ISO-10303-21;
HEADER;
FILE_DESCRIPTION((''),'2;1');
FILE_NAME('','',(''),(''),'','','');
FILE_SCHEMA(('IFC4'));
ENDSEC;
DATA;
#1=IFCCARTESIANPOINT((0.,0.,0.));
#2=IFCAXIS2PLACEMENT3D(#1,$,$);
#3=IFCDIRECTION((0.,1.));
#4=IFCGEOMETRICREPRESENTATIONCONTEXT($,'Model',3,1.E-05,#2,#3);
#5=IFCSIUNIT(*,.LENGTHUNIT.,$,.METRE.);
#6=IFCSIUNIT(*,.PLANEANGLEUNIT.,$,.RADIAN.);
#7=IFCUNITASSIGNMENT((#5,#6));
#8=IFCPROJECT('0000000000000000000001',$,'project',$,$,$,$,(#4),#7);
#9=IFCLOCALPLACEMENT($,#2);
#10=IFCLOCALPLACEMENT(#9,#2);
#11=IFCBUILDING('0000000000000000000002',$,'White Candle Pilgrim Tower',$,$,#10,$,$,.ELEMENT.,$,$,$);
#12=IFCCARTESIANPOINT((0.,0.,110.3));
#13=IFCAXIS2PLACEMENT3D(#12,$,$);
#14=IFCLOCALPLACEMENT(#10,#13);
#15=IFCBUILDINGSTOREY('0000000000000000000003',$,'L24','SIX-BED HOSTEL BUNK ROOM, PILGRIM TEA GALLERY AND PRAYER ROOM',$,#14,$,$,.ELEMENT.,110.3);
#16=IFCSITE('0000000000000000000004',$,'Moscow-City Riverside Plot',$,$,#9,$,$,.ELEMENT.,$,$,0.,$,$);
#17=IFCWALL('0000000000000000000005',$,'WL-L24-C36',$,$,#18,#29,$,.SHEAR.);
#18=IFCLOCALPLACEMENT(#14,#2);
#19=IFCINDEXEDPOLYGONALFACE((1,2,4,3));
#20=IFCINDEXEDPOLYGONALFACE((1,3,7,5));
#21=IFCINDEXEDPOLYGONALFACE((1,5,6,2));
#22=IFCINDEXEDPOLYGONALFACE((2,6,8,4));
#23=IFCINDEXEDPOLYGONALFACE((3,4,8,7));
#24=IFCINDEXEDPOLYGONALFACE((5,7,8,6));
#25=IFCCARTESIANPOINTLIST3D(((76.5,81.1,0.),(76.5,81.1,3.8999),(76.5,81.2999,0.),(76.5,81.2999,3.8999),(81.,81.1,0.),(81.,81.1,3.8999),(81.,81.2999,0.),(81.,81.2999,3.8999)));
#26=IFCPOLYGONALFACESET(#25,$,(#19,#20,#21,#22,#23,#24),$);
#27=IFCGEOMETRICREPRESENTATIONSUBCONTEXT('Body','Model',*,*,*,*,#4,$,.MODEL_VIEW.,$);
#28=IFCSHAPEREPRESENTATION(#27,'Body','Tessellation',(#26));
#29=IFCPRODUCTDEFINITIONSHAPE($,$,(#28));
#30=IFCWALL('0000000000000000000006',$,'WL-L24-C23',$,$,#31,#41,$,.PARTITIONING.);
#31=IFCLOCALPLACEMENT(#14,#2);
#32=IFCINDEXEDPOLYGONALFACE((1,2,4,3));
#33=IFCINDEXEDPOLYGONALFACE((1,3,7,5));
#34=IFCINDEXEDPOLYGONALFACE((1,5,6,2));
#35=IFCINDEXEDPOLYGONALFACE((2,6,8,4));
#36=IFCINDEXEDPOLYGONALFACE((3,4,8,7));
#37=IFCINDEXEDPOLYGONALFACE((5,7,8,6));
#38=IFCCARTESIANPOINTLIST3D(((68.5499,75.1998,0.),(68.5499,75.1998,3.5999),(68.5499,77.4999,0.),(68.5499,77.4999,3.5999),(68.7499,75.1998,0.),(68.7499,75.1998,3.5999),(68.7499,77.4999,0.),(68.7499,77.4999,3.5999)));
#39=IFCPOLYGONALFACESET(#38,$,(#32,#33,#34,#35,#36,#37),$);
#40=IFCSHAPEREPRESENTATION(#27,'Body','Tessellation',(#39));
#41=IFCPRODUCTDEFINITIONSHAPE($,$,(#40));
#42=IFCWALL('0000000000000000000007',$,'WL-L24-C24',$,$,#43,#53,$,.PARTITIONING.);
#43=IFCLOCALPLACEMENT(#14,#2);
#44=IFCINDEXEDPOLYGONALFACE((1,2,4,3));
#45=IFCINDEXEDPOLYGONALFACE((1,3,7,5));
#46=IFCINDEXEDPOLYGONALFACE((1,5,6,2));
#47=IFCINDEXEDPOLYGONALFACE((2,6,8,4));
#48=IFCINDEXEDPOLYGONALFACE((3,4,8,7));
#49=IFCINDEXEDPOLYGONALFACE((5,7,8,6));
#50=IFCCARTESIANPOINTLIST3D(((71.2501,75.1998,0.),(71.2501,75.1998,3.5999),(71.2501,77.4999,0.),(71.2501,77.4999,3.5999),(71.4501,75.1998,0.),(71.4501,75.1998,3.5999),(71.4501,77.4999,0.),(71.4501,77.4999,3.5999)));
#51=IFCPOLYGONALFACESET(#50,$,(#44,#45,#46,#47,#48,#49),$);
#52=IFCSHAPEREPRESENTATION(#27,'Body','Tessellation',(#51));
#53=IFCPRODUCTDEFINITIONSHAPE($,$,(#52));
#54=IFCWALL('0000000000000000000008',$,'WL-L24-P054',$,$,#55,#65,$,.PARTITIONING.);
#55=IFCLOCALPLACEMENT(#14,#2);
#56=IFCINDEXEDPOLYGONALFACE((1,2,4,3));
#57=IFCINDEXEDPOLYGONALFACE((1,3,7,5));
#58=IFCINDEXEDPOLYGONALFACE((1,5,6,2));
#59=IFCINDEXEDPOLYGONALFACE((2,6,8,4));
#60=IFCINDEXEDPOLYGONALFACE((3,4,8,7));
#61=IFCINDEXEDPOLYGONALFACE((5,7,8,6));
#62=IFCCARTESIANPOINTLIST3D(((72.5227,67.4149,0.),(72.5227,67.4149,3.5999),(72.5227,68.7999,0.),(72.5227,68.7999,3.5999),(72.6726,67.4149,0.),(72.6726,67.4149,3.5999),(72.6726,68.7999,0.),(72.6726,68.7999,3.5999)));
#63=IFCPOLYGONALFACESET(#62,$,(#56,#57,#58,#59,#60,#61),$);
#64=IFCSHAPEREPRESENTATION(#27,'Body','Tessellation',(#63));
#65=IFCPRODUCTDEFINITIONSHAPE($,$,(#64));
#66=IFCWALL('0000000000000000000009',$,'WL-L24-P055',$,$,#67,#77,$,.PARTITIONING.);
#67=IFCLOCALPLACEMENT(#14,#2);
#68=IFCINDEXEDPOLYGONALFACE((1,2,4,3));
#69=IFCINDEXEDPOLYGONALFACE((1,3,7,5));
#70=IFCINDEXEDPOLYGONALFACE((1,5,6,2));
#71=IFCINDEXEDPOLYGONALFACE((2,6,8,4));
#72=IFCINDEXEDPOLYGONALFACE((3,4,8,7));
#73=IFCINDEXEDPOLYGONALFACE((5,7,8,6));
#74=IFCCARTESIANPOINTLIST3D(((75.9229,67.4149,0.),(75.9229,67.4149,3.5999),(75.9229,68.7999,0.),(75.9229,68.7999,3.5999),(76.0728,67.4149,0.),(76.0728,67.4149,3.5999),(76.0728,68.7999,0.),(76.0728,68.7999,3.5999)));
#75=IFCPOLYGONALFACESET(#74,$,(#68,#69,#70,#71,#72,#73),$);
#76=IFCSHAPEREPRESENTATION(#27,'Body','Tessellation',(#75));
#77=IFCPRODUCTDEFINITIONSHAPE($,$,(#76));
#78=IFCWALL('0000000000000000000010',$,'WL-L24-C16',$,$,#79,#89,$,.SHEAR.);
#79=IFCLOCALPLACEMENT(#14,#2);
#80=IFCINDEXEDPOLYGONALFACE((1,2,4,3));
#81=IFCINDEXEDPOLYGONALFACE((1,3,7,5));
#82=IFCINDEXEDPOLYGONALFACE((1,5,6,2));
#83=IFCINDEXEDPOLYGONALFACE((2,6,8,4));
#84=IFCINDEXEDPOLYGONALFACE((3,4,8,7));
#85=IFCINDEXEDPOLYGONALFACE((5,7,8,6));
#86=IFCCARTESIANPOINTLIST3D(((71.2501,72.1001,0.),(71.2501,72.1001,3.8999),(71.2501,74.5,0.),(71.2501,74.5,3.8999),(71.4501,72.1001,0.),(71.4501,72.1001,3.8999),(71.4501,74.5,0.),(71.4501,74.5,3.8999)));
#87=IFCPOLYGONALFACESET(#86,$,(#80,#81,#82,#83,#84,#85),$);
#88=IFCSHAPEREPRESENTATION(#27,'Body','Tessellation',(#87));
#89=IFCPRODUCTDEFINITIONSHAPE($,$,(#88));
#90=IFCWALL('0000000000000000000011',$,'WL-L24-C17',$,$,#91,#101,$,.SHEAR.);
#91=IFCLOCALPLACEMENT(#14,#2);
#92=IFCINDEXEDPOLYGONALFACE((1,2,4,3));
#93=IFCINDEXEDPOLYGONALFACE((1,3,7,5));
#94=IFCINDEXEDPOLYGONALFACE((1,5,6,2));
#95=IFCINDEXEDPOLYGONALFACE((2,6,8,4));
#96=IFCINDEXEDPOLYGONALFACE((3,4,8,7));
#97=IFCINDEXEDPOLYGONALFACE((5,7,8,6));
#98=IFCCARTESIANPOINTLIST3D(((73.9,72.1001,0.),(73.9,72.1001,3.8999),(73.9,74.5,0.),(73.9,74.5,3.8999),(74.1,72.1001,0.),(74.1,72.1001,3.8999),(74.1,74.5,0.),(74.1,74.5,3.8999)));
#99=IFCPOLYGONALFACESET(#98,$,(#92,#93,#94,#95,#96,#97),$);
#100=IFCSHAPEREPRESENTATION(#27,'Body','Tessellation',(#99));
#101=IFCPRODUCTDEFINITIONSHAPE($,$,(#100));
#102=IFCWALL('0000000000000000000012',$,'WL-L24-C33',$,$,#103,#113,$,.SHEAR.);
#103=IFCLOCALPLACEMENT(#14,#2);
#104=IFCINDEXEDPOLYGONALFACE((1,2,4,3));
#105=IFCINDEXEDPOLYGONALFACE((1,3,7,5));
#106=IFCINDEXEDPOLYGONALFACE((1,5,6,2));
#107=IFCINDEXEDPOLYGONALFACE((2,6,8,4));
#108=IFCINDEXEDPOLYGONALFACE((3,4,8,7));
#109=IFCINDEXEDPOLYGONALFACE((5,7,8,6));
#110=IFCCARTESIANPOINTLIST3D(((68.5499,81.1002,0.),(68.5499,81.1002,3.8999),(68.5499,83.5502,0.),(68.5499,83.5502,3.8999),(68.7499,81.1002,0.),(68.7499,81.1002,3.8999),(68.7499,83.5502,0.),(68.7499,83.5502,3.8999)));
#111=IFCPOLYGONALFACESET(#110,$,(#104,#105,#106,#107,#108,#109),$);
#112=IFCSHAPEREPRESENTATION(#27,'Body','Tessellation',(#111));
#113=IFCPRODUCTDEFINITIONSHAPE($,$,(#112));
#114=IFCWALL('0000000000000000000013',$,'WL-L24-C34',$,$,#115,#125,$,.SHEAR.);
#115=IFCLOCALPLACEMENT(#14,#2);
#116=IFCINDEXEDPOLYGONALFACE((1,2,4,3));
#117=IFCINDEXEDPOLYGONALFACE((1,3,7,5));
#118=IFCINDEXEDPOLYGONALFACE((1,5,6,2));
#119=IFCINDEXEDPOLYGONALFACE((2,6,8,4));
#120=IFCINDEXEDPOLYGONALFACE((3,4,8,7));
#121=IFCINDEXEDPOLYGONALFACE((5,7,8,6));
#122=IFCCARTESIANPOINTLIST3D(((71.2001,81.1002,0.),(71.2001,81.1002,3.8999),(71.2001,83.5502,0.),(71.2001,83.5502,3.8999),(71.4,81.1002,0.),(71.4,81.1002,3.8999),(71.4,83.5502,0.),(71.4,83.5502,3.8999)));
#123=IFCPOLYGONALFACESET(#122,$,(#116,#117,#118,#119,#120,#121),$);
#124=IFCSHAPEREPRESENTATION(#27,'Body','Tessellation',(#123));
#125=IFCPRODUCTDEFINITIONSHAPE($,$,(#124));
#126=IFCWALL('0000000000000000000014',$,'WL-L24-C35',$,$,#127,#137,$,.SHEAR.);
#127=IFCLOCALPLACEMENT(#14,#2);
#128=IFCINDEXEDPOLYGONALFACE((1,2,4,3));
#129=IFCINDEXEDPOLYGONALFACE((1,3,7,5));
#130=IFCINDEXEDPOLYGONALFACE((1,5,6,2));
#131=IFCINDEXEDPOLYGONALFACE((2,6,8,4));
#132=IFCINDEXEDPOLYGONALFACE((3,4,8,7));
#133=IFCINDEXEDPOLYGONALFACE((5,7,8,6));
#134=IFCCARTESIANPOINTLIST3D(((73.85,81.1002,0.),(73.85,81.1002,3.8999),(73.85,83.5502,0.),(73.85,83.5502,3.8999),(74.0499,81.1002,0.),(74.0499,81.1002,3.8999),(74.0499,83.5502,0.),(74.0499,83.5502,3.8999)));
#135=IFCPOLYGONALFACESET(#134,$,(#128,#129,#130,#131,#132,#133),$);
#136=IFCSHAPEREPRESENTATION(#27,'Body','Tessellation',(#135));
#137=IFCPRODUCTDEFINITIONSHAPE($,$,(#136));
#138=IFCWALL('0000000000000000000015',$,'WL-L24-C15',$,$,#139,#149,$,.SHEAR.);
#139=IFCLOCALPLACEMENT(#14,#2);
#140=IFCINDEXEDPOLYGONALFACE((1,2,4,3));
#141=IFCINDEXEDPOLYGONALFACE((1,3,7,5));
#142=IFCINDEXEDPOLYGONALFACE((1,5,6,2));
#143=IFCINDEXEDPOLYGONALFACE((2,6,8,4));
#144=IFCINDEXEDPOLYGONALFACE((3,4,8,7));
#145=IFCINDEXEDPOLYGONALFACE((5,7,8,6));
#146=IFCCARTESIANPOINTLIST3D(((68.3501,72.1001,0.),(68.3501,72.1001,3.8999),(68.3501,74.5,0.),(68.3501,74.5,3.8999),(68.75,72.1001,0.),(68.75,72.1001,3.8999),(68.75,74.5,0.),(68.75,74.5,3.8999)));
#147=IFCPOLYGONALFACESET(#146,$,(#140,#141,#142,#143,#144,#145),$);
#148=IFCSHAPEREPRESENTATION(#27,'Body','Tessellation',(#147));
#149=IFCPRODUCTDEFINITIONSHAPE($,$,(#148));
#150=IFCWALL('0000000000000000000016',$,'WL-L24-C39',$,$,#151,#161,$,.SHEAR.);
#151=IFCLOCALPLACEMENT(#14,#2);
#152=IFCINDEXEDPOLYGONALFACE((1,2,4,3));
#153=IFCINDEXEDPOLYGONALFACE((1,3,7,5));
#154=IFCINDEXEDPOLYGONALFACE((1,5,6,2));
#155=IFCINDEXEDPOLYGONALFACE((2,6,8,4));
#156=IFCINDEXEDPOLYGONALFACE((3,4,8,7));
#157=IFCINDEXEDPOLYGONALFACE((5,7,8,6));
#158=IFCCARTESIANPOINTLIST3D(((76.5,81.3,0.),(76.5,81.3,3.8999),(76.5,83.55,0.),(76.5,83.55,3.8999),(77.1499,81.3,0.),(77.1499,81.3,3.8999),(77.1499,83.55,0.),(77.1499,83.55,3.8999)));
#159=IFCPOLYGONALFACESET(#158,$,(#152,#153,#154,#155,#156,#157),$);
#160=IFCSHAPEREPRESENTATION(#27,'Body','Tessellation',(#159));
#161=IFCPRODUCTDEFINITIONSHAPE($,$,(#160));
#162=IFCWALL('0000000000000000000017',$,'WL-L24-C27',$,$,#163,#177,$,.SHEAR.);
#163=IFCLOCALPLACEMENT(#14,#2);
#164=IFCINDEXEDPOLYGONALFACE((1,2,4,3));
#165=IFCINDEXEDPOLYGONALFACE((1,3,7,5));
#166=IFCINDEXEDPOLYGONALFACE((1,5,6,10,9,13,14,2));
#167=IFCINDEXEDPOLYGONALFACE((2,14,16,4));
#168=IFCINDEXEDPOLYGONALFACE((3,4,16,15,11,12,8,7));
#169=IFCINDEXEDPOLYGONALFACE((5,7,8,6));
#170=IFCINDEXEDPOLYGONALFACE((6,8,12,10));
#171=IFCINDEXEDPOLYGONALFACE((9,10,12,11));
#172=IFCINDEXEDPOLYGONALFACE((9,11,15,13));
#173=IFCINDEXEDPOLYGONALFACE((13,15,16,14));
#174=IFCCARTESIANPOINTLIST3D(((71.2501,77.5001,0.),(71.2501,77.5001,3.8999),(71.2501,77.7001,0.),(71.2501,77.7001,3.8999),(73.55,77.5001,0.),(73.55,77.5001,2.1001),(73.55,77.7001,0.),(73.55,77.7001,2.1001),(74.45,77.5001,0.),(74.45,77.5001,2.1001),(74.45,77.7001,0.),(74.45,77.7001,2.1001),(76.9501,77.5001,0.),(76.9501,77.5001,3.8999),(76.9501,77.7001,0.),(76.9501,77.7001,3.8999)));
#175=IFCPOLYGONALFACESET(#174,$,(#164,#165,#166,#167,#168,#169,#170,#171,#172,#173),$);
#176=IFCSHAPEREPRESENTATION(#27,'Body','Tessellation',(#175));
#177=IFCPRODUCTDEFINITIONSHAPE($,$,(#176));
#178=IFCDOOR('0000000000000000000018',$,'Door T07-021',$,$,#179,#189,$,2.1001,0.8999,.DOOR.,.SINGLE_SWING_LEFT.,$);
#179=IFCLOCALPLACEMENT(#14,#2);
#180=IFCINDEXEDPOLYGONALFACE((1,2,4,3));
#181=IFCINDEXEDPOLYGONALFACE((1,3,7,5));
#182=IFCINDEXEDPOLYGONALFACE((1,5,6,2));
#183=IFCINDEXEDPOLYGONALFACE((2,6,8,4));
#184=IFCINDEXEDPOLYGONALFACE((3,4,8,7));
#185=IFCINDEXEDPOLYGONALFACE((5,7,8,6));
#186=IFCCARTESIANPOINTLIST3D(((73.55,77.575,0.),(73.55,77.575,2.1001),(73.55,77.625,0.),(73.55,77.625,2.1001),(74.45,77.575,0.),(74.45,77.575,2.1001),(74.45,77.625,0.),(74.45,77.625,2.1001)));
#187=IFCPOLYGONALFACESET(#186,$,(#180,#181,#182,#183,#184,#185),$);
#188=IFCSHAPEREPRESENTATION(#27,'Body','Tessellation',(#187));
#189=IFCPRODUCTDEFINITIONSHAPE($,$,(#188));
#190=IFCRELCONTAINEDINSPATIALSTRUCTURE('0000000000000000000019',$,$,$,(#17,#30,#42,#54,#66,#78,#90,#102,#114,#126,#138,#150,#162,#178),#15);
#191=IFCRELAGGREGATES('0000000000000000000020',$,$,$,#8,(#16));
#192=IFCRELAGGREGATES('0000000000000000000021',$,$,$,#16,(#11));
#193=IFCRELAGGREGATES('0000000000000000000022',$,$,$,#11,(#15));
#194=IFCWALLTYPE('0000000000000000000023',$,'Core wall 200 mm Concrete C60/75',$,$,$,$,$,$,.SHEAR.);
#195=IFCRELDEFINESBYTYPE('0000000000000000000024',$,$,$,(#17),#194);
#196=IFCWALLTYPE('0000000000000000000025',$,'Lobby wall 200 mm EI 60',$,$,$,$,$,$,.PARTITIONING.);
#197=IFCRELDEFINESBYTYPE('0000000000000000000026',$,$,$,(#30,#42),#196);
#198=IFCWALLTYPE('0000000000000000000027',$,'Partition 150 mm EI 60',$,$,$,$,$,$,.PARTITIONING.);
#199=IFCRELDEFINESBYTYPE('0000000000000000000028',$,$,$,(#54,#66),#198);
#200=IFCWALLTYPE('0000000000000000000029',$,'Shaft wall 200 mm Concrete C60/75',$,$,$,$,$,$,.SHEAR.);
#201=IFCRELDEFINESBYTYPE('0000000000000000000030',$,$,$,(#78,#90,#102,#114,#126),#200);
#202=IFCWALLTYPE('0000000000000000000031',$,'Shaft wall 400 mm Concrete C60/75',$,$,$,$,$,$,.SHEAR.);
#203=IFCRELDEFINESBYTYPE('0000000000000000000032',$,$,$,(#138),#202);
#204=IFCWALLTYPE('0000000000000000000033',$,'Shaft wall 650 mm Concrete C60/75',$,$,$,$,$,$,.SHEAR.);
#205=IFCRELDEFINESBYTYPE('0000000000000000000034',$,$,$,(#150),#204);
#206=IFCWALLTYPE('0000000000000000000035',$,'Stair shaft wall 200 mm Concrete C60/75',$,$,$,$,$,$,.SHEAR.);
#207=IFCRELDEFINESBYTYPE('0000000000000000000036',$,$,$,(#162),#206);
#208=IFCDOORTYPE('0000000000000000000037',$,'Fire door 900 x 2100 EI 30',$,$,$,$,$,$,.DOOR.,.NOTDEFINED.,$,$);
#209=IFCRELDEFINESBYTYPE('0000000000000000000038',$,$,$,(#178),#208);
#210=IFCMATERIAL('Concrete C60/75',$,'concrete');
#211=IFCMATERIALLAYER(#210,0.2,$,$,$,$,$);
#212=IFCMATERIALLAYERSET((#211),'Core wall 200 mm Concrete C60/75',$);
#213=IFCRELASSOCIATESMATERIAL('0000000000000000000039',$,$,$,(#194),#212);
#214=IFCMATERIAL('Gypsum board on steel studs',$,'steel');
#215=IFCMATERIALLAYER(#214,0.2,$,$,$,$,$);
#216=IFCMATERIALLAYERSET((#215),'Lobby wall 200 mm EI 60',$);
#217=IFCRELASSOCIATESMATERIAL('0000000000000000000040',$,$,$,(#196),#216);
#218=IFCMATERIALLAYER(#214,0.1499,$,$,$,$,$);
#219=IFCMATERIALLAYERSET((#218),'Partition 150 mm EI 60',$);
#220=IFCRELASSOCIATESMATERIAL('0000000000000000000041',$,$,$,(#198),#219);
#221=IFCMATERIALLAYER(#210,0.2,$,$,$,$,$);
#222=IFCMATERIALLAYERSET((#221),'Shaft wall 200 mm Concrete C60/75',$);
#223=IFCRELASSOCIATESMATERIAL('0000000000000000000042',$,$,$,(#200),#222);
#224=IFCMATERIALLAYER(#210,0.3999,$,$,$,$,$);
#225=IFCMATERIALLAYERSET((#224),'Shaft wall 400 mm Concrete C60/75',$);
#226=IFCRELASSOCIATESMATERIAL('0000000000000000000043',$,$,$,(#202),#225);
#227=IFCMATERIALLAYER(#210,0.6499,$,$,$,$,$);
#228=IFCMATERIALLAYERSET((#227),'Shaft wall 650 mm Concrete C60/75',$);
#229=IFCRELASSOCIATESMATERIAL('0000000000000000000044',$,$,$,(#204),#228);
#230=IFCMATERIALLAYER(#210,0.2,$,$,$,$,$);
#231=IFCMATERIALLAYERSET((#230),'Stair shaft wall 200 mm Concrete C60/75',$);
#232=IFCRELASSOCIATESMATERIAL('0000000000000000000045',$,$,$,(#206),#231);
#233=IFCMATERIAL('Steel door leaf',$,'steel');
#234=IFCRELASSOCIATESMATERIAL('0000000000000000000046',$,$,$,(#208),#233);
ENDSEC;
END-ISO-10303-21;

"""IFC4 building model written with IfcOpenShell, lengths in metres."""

from ifc_helpers import new_model, si_unit, direction, frame, frame_2d, origin, place, context, subcontext, project, spatial, rectangle, extrude, material, layer, layer_set, type_object, element, fill, save


model = new_model("IFC4")

# Units and contexts
model_context = context("Model", 3, precision=1e-05, world=origin(), true_north=direction((0.0, 1.0)))
body_context = subcontext(model_context, "Body", "Model", "MODEL_VIEW")
ifc_project = project(units=[si_unit("LENGTHUNIT", "METRE"), si_unit("PLANEANGLEUNIT", "RADIAN")], contexts=[model_context])

# Site, building, storey
site_placement = place(None, origin())
site = spatial("IfcSite", under=ifc_project, at=site_placement, Name="Moscow-City Riverside Plot", CompositionType="ELEMENT", RefElevation=0.0)
building_placement = place(site_placement, origin())
building = spatial("IfcBuilding", under=site, at=building_placement, Name="White Candle Pilgrim Tower", CompositionType="ELEMENT")
storey_placement = place(building_placement, frame((0.0, 0.0, 110.3)))
storey = spatial("IfcBuildingStorey", under=building, at=storey_placement, Name="L24", Description="SIX-BED HOSTEL BUNK ROOM, PILGRIM TEA GALLERY AND PRAYER ROOM", CompositionType="ELEMENT", Elevation=110.3)

# Walls
ifc_material_1 = material(Name="Concrete C60/75", Category="concrete")
ifc_layer_1 = layer(ifc_material_1, 0.2)
ifc_layer_set_1 = layer_set([ifc_layer_1], Name="Core wall 200 mm Concrete C60/75")
wall_type_1 = type_object("IfcWallType", Name="Core wall 200 mm Concrete C60/75", PredefinedType="SHEAR", material=ifc_layer_set_1)
wall_1_placement = place(storey_placement, frame((76.5, 81.2, 0.0), z_axis=(0.0, 0.0, 1.0), x_axis=(1.0, 0.0, 0.0)))
element("IfcWall", 1, at=wall_1_placement, inside=storey, type_object=wall_type_1, Name="WL-L24-C36", PredefinedType="SHEAR", context=body_context, shape_type="SweptSolid", body=[
    extrude(rectangle(XDim=4.5, YDim=0.2, at=frame_2d((2.25, 0.0))), origin(), (0.0, 0.0, 1.0), 3.8999),
])
ifc_material_2 = material(Name="Gypsum board on steel studs", Category="steel")
ifc_layer_2 = layer(ifc_material_2, 0.2)
ifc_layer_set_2 = layer_set([ifc_layer_2], Name="Lobby wall 200 mm EI 60")
wall_type_2 = type_object("IfcWallType", Name="Lobby wall 200 mm EI 60", PredefinedType="PARTITIONING", material=ifc_layer_set_2)
for number, where, z_axis, x_axis, name in (
    (2, (68.6499, 75.2, 0.0), (0.0, 0.0, 1.0), (0.0, 1.0, 0.0), "WL-L24-C23"),
    (3, (71.3501, 75.2, 0.0), (0.0, 0.0, 1.0), (0.0, 1.0, 0.0), "WL-L24-C24"),
):
    element("IfcWall", number, at=place(storey_placement, frame(where, z_axis=z_axis, x_axis=x_axis)), inside=storey, type_object=wall_type_2, Name=name, PredefinedType="PARTITIONING", context=body_context, shape_type="SweptSolid", body=[
        extrude(rectangle(XDim=2.3, YDim=0.2, at=frame_2d((1.1499, 0.0))), origin(), (0.0, 0.0, 1.0), 3.5999),
    ])
ifc_layer_3 = layer(ifc_material_2, 0.1499)
ifc_layer_set_3 = layer_set([ifc_layer_3], Name="Partition 150 mm EI 60")
wall_type_3 = type_object("IfcWallType", Name="Partition 150 mm EI 60", PredefinedType="PARTITIONING", material=ifc_layer_set_3)
for number, where, z_axis, x_axis, name in (
    (4, (72.5977, 67.415, 0.0), (0.0, 0.0, 1.0), (0.0, 1.0, 0.0), "WL-L24-P054"),
    (5, (75.9978, 67.415, 0.0), (0.0, 0.0, 1.0), (0.0, 1.0, 0.0), "WL-L24-P055"),
):
    element("IfcWall", number, at=place(storey_placement, frame(where, z_axis=z_axis, x_axis=x_axis)), inside=storey, type_object=wall_type_3, Name=name, PredefinedType="PARTITIONING", context=body_context, shape_type="SweptSolid", body=[
        extrude(rectangle(XDim=1.385, YDim=0.1499, at=frame_2d((0.6924, 0.0))), origin(), (0.0, 0.0, 1.0), 3.5999),
    ])
ifc_layer_4 = layer(ifc_material_1, 0.2)
ifc_layer_set_4 = layer_set([ifc_layer_4], Name="Shaft wall 200 mm Concrete C60/75")
wall_type_4 = type_object("IfcWallType", Name="Shaft wall 200 mm Concrete C60/75", PredefinedType="SHEAR", material=ifc_layer_set_4)
for number, where, z_axis, x_axis, name in (
    (6, (71.3501, 72.1001, 0.0), (0.0, 0.0, 1.0), (0.0, 1.0, 0.0), "WL-L24-C16"),
    (7, (74.0, 72.1001, 0.0), (0.0, 0.0, 1.0), (0.0, 1.0, 0.0), "WL-L24-C17"),
):
    element("IfcWall", number, at=place(storey_placement, frame(where, z_axis=z_axis, x_axis=x_axis)), inside=storey, type_object=wall_type_4, Name=name, PredefinedType="SHEAR", context=body_context, shape_type="SweptSolid", body=[
        extrude(rectangle(XDim=2.3999, YDim=0.2, at=frame_2d((1.2, 0.0))), origin(), (0.0, 0.0, 1.0), 3.8999),
    ])
for number, where, z_axis, x_axis, name in (
    (8, (68.6499, 81.1001, 0.0), (0.0, 0.0, 1.0), (0.0, 1.0, 0.0), "WL-L24-C33"),
    (9, (71.3, 81.1001, 0.0), (0.0, 0.0, 1.0), (0.0, 1.0, 0.0), "WL-L24-C34"),
    (10, (73.95, 81.1001, 0.0), (0.0, 0.0, 1.0), (0.0, 1.0, 0.0), "WL-L24-C35"),
):
    element("IfcWall", number, at=place(storey_placement, frame(where, z_axis=z_axis, x_axis=x_axis)), inside=storey, type_object=wall_type_4, Name=name, PredefinedType="SHEAR", context=body_context, shape_type="SweptSolid", body=[
        extrude(rectangle(XDim=2.45, YDim=0.2, at=frame_2d((1.2251, 0.0))), origin(), (0.0, 0.0, 1.0), 3.8999),
    ])
ifc_layer_5 = layer(ifc_material_1, 0.3999)
ifc_layer_set_5 = layer_set([ifc_layer_5], Name="Shaft wall 400 mm Concrete C60/75")
wall_type_5 = type_object("IfcWallType", Name="Shaft wall 400 mm Concrete C60/75", PredefinedType="SHEAR", material=ifc_layer_set_5)
wall_2_placement = place(storey_placement, frame((68.55, 72.1001, 0.0), z_axis=(0.0, 0.0, 1.0), x_axis=(0.0, 1.0, 0.0)))
element("IfcWall", 11, at=wall_2_placement, inside=storey, type_object=wall_type_5, Name="WL-L24-C15", PredefinedType="SHEAR", context=body_context, shape_type="SweptSolid", body=[
    extrude(rectangle(XDim=2.3999, YDim=0.3999, at=frame_2d((1.2, 0.0))), origin(), (0.0, 0.0, 1.0), 3.8999),
])
ifc_layer_6 = layer(ifc_material_1, 0.6499)
ifc_layer_set_6 = layer_set([ifc_layer_6], Name="Shaft wall 650 mm Concrete C60/75")
wall_type_6 = type_object("IfcWallType", Name="Shaft wall 650 mm Concrete C60/75", PredefinedType="SHEAR", material=ifc_layer_set_6)
wall_3_placement = place(storey_placement, frame((76.825, 81.3, 0.0), z_axis=(0.0, 0.0, 1.0), x_axis=(0.0, 1.0, 0.0)))
element("IfcWall", 12, at=wall_3_placement, inside=storey, type_object=wall_type_6, Name="WL-L24-C39", PredefinedType="SHEAR", context=body_context, shape_type="SweptSolid", body=[
    extrude(rectangle(XDim=2.25, YDim=0.6499, at=frame_2d((1.125, 0.0))), origin(), (0.0, 0.0, 1.0), 3.8999),
])

# Wall, opening, door
ifc_layer_7 = layer(ifc_material_1, 0.2)
ifc_layer_set_7 = layer_set([ifc_layer_7], Name="Stair shaft wall 200 mm Concrete C60/75")
wall_type_7 = type_object("IfcWallType", Name="Stair shaft wall 200 mm Concrete C60/75", PredefinedType="SHEAR", material=ifc_layer_set_7)
wall_4_placement = place(storey_placement, frame((71.25, 77.6001, 0.0), z_axis=(0.0, 0.0, 1.0), x_axis=(1.0, 0.0, 0.0)))
wall_4 = element("IfcWall", 13, at=wall_4_placement, inside=storey, type_object=wall_type_7, Name="WL-L24-C27", PredefinedType="SHEAR", context=body_context, shape_type="SweptSolid", body=[
    extrude(rectangle(XDim=5.7, YDim=0.2, at=frame_2d((2.8501, 0.0))), origin(), (0.0, 0.0, 1.0), 3.8999),
])
opening_placement = place(wall_4_placement, frame((2.3, 0.0, 0.0)))
opening = element("IfcOpeningElement", 14, at=opening_placement, cuts=wall_4, PredefinedType="OPENING", context=body_context, shape_type="SweptSolid", body=[
    extrude(rectangle(XDim=0.8999, YDim=2.1001, at=frame_2d((0.45, 1.05))), frame((0.0, 0.1099, 0.0), z_axis=(0.0, -1.0, 0.0), x_axis=(1.0, 0.0, 0.0)), (0.0, 0.0, 1.0), 0.22),
])
ifc_material_3 = material(Name="Steel door leaf", Category="steel")
door_type = type_object("IfcDoorType", Name="Fire door 900 x 2100 EI 30", OperationType="NOTDEFINED", PredefinedType="DOOR", material=ifc_material_3)
door_placement = place(opening_placement, origin())
door = element("IfcDoor", 15, at=door_placement, inside=storey, type_object=door_type, Name="Door T07-021", OperationType="SINGLE_SWING_LEFT", OverallHeight=2.1001, OverallWidth=0.8999, PredefinedType="DOOR", context=body_context, shape_type="SweptSolid", body=[
    extrude(rectangle(XDim=0.8999, YDim=2.1001, at=frame_2d((0.45, 1.05))), frame((0.0, 0.0249, 0.0), z_axis=(0.0, -1.0, 0.0), x_axis=(1.0, 0.0, 0.0)), (0.0, 0.0, 1.0), 0.05),
])
fill(opening, door)

save(model, "model.ifc")
